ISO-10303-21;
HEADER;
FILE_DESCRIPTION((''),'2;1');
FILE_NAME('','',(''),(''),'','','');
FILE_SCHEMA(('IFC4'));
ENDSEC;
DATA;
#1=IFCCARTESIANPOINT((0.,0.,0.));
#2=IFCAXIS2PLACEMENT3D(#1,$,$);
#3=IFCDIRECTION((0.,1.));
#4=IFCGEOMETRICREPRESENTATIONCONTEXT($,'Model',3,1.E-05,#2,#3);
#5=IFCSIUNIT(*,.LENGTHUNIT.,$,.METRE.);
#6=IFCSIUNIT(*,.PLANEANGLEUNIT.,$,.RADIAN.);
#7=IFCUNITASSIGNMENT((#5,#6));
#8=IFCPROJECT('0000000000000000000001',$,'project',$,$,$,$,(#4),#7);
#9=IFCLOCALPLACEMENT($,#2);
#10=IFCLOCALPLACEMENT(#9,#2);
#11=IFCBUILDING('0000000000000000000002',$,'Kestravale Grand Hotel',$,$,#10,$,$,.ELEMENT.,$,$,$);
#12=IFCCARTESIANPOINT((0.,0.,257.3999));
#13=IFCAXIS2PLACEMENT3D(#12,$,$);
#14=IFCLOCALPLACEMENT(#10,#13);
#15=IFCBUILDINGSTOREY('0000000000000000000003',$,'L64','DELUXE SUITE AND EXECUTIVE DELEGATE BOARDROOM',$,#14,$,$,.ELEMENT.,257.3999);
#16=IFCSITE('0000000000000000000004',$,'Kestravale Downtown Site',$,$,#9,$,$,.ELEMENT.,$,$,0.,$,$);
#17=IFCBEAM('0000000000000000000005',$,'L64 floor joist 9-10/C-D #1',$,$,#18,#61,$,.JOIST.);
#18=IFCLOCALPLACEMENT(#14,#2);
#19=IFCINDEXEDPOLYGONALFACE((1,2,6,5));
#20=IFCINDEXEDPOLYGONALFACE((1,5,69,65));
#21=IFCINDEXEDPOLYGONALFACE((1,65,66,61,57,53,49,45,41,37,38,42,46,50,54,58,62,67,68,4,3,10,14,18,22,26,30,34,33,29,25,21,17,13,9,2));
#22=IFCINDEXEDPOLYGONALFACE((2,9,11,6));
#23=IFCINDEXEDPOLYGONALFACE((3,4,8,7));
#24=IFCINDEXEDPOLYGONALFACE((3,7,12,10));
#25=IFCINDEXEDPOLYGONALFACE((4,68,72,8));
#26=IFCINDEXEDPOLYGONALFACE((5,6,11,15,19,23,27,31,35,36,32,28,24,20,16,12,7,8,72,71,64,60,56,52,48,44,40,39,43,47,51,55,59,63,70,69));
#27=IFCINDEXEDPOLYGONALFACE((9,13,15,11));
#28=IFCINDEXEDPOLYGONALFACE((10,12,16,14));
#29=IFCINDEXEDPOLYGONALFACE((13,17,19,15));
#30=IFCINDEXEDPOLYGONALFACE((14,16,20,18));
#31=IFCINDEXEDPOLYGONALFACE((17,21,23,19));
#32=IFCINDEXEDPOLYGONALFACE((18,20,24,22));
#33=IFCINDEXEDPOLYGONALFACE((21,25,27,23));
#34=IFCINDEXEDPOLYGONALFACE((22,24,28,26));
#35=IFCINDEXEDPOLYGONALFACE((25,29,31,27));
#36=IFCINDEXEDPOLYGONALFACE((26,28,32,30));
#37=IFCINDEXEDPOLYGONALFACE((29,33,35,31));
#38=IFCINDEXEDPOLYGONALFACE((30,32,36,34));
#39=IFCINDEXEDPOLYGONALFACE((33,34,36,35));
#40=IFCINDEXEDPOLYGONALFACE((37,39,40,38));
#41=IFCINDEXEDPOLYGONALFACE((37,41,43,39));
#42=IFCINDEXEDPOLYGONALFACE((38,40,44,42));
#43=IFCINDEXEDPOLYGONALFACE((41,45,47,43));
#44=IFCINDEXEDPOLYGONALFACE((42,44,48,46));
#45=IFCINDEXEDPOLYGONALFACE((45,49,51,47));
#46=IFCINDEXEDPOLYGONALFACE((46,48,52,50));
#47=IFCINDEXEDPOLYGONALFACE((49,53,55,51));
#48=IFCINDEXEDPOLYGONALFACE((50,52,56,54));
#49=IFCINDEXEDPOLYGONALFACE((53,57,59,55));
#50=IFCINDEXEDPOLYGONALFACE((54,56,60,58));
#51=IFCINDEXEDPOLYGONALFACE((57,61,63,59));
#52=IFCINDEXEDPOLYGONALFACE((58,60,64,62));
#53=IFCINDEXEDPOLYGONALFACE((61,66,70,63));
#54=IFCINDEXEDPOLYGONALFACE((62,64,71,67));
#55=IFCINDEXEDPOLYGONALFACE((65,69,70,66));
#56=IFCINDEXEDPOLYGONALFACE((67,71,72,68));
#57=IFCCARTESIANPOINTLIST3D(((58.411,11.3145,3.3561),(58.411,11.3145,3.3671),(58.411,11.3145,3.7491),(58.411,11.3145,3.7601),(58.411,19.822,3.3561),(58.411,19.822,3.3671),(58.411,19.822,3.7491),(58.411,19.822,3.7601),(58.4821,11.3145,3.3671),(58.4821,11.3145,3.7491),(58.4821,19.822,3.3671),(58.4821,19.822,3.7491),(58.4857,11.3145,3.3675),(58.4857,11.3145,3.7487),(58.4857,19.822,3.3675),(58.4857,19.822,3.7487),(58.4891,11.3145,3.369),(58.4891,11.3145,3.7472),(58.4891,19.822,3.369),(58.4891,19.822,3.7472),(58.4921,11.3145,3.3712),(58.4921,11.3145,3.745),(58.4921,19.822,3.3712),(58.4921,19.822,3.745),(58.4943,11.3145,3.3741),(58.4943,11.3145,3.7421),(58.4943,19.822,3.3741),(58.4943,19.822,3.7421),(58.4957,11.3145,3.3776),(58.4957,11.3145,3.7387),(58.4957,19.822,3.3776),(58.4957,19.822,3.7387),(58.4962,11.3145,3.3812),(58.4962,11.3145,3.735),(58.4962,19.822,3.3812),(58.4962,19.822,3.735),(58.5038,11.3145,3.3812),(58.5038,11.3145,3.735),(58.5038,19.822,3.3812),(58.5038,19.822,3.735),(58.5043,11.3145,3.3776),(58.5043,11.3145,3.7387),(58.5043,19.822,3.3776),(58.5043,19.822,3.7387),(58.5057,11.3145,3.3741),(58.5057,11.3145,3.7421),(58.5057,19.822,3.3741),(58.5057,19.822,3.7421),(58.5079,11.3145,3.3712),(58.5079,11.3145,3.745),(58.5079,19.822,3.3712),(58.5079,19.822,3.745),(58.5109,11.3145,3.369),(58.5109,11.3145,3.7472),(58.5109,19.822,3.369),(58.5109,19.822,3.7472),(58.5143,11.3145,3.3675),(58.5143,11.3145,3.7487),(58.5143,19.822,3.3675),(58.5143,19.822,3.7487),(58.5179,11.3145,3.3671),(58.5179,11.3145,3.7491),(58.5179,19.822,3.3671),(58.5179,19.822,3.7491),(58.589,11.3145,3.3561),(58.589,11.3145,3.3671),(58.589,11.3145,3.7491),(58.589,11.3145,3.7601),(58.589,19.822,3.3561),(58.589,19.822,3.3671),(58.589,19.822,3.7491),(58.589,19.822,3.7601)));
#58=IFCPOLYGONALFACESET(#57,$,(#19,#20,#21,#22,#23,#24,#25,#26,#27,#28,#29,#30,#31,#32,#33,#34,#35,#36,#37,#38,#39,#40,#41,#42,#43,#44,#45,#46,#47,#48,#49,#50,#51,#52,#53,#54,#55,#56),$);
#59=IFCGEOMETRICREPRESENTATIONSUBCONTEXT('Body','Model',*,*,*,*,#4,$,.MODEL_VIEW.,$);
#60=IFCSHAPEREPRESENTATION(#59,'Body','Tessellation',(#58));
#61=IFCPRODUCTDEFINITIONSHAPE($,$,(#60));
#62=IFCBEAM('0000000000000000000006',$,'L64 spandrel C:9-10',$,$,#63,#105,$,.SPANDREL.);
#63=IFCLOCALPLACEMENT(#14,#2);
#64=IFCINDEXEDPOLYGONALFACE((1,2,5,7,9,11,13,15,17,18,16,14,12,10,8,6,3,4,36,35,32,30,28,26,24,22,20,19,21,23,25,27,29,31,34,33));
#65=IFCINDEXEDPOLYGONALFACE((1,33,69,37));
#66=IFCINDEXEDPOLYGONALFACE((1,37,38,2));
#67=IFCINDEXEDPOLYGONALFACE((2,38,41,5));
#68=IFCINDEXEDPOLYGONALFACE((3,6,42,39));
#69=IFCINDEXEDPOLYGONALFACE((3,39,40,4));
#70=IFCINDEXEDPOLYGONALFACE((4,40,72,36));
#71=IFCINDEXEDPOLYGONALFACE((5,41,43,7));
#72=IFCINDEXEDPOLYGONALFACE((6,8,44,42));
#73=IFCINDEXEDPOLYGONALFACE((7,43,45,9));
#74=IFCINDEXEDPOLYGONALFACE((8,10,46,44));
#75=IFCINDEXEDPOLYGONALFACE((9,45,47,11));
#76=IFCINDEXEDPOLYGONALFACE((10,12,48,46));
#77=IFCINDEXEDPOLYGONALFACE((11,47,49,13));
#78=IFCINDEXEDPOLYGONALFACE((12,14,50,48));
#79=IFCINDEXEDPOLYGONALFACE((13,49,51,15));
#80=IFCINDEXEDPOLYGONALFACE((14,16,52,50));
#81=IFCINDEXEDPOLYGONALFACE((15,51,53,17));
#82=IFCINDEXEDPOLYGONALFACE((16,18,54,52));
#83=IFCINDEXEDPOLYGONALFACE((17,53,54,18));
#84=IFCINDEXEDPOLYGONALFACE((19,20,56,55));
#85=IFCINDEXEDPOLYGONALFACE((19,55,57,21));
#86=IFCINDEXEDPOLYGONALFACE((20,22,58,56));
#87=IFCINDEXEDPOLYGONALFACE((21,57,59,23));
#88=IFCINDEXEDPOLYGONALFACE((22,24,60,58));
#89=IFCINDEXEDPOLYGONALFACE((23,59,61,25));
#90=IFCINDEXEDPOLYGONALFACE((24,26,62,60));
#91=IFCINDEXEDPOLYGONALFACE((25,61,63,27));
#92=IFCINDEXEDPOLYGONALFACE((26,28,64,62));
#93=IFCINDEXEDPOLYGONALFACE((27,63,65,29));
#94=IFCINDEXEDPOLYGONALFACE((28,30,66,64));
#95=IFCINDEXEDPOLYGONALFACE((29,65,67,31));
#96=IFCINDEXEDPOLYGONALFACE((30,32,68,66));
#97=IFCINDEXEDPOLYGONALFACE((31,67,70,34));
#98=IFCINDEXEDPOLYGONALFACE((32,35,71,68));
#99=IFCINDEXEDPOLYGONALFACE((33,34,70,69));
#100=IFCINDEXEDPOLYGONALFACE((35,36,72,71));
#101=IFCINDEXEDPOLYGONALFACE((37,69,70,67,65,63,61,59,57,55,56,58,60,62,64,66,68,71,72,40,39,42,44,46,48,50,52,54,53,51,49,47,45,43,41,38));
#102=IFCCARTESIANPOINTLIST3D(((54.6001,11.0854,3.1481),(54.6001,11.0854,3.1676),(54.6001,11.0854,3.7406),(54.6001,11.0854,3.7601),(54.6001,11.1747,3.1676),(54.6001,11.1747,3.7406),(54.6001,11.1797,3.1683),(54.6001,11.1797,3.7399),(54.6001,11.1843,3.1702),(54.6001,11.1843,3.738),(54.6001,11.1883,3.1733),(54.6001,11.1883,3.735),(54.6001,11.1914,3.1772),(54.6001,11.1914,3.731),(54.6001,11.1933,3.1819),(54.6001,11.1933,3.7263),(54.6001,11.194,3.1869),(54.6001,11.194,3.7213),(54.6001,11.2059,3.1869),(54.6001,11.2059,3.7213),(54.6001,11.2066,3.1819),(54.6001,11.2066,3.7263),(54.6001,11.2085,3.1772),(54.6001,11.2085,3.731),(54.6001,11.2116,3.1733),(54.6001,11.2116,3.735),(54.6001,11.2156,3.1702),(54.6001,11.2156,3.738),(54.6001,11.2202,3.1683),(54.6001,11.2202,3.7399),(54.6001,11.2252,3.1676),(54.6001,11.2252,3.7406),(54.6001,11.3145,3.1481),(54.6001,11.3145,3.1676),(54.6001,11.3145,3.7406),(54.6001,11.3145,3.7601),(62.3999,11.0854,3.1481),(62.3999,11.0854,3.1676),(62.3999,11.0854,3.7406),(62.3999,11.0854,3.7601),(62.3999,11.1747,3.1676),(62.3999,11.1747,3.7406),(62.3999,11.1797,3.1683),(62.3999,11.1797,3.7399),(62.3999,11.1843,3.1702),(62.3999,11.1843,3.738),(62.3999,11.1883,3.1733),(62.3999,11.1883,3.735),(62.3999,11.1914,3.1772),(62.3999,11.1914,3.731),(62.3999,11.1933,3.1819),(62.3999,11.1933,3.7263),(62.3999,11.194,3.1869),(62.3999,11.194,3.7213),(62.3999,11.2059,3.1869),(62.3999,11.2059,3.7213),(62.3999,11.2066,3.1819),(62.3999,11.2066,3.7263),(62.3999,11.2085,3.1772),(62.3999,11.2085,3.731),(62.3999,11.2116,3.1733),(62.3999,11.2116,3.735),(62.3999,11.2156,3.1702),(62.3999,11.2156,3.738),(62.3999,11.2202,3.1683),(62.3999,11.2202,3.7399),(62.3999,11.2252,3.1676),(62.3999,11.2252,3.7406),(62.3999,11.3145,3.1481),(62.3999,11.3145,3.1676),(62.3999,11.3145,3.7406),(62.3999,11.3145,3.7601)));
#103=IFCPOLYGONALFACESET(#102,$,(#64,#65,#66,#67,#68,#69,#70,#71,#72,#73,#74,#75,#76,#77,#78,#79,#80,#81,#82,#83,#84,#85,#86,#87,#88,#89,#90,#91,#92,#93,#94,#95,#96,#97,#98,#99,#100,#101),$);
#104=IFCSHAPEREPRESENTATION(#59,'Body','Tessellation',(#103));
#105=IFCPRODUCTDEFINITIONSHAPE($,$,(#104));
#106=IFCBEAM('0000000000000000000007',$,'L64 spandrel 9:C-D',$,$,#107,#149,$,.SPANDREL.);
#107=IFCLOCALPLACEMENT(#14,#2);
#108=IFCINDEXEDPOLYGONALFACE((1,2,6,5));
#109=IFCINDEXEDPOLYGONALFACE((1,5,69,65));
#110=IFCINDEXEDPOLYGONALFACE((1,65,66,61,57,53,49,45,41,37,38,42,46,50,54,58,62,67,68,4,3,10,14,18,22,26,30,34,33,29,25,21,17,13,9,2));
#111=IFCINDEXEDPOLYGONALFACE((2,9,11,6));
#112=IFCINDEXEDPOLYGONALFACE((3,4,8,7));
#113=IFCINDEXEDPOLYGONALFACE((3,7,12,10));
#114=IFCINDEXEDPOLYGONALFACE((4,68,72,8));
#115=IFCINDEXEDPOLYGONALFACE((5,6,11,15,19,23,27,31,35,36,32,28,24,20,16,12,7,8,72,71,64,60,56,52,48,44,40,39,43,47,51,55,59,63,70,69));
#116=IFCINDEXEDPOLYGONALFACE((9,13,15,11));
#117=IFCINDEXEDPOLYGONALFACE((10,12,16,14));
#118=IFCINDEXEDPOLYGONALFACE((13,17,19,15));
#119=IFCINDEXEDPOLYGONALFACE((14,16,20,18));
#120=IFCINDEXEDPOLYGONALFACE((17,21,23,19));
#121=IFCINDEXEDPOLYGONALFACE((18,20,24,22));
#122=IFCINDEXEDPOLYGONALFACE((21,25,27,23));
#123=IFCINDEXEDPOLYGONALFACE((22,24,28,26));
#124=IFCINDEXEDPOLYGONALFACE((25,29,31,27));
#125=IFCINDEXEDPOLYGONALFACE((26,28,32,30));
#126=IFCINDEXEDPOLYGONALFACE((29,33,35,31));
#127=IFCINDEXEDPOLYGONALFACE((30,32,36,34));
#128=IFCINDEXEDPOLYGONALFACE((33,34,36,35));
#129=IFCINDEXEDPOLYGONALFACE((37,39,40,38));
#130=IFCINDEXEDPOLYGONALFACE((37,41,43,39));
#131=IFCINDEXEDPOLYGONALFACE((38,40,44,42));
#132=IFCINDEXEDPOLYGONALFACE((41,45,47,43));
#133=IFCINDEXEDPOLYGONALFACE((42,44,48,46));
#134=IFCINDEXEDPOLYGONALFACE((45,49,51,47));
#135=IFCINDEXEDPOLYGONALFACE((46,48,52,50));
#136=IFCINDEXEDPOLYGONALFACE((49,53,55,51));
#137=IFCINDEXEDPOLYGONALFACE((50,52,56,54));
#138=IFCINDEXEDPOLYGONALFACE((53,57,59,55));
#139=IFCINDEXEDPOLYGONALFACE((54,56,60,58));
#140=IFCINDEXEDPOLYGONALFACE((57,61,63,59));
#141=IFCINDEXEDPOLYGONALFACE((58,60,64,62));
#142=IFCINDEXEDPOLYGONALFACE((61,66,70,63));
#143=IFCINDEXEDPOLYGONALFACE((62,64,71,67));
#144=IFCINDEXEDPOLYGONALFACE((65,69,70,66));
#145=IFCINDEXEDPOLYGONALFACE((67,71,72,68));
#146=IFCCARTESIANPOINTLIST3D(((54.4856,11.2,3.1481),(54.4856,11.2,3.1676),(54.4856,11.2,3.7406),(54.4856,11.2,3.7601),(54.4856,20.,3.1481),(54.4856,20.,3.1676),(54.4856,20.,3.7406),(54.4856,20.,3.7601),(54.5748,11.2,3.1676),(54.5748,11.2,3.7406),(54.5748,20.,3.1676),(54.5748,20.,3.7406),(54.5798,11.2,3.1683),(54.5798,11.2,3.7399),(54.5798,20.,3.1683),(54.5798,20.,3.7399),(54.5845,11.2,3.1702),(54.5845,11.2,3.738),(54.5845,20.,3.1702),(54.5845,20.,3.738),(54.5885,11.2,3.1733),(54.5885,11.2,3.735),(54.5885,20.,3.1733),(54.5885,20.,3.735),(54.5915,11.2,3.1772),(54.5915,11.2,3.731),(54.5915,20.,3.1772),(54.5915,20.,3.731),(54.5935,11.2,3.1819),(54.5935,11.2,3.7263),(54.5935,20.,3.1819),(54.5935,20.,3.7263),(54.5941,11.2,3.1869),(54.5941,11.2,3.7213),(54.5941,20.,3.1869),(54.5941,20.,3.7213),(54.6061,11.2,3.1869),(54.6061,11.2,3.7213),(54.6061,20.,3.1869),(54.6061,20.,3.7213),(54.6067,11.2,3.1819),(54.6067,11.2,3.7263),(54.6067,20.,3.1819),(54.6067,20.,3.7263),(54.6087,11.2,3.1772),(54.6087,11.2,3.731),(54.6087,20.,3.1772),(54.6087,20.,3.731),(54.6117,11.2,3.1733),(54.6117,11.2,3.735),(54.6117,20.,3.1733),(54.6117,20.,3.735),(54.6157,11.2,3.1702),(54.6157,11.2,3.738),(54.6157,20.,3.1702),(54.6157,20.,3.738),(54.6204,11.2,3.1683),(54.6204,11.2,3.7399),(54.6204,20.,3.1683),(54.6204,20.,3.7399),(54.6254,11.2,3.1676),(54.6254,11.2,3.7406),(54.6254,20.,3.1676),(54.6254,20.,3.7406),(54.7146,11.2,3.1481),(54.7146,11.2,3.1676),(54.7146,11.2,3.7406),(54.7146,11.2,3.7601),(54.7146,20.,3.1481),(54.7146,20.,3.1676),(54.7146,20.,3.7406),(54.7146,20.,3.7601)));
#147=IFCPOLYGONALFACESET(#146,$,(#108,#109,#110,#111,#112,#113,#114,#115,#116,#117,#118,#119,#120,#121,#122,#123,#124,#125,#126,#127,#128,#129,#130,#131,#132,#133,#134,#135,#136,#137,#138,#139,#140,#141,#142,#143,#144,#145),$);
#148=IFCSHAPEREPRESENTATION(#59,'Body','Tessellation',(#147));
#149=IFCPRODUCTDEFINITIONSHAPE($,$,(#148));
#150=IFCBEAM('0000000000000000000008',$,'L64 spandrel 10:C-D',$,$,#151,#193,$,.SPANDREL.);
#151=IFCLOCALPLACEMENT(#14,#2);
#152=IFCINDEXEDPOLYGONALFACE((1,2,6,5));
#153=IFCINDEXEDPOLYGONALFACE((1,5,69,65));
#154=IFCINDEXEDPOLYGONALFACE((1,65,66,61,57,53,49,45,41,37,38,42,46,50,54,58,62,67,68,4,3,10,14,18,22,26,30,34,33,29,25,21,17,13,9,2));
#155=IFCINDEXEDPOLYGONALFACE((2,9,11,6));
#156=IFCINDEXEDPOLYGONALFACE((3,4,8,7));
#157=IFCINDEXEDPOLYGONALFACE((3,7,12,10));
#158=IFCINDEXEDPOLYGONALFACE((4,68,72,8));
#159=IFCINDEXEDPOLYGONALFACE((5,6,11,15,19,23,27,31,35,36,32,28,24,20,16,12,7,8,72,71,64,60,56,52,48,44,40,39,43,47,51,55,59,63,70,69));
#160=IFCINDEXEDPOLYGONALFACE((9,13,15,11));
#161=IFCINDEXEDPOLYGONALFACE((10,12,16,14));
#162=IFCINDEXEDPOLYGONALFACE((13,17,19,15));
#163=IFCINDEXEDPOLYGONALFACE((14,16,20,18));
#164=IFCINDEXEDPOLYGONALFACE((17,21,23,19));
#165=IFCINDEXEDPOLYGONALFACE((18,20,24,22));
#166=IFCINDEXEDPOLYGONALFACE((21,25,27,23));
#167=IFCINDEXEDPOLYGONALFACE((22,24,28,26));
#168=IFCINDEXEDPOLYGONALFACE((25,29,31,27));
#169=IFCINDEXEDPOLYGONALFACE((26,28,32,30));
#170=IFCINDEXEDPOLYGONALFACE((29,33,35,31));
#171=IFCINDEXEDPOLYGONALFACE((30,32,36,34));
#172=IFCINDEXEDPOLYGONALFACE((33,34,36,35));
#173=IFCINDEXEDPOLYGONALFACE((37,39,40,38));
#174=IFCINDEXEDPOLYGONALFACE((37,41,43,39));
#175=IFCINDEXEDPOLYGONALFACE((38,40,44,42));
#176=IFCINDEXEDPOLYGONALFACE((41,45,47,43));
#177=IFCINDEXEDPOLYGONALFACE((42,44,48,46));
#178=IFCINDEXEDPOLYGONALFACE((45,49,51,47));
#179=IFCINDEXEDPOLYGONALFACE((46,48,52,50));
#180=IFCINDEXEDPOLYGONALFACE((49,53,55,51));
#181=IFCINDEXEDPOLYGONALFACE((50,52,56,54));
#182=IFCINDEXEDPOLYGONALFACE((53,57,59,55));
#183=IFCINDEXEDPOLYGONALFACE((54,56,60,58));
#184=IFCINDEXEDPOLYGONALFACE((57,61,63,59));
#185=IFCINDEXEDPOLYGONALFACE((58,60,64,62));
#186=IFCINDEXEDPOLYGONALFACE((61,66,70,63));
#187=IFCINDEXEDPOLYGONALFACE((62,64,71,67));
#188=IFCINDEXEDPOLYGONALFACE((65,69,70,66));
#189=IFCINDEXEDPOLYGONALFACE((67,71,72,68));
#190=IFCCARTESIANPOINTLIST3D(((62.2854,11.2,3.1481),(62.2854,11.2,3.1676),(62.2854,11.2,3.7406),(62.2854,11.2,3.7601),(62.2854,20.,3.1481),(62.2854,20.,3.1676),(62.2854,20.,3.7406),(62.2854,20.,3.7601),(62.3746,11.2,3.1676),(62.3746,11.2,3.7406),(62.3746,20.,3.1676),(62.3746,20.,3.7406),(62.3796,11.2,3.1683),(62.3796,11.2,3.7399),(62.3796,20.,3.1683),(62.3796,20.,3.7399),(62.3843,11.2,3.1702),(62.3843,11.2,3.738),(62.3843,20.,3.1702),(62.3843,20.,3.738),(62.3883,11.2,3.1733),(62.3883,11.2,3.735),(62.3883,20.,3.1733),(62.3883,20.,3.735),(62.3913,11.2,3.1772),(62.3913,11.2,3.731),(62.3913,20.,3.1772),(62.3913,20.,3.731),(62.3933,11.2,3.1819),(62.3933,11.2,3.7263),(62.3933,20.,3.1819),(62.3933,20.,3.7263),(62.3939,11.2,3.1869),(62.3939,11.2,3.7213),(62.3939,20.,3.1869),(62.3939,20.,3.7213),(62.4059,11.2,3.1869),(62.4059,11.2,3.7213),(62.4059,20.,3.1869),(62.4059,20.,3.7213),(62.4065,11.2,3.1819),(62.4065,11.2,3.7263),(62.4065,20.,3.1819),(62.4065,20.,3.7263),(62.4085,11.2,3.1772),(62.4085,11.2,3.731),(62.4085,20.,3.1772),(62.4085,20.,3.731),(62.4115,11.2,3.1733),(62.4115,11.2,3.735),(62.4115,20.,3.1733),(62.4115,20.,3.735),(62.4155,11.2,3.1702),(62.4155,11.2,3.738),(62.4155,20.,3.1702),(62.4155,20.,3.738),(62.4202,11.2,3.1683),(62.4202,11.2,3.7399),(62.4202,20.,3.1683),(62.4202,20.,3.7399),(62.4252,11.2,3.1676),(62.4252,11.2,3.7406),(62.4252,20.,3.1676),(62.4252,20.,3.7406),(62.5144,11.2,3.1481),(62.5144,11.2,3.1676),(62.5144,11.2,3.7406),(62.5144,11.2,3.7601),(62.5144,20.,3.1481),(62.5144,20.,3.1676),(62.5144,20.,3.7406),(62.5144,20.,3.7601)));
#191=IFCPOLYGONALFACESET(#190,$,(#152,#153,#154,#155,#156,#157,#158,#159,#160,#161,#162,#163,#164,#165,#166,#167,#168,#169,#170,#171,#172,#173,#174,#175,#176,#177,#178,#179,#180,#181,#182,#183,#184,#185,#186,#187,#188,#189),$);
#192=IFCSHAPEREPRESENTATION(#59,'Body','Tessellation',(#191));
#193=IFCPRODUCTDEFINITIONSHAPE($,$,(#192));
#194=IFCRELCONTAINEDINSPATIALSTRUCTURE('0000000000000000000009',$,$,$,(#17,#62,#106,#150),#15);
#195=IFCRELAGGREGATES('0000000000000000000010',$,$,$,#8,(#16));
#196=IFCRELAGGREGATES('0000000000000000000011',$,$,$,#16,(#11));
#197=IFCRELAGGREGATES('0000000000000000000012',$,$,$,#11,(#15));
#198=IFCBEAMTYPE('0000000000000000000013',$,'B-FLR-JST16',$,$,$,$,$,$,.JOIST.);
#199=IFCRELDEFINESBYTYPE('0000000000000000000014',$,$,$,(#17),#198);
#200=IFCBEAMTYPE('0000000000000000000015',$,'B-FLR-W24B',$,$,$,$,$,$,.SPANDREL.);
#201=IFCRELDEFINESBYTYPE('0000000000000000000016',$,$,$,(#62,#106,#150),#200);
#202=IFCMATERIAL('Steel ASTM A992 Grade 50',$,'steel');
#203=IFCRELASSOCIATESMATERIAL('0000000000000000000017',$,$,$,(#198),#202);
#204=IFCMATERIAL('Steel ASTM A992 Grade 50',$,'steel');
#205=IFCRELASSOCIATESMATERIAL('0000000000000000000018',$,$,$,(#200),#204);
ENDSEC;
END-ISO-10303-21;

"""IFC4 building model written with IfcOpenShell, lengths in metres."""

from ifc_helpers import new_model, si_unit, direction, frame, origin, origin_2d, place, context, subcontext, project, spatial, i_section, extrude, material, material_profile, profile_set, type_object, element, save


model = new_model("IFC4")

# Units and contexts
model_context = context("Model", 3, precision=1e-05, world=origin(), true_north=direction((0.0, 1.0)))
body_context = subcontext(model_context, "Body", "Model", "MODEL_VIEW")
ifc_project = project(units=[si_unit("LENGTHUNIT", "METRE"), si_unit("PLANEANGLEUNIT", "RADIAN")], contexts=[model_context])

# Site, building, storey
site_placement = place(None, origin())
site = spatial("IfcSite", under=ifc_project, at=site_placement, Name="Kestravale Downtown Site", CompositionType="ELEMENT", RefElevation=0.0)
building_placement = place(site_placement, origin())
building = spatial("IfcBuilding", under=site, at=building_placement, Name="Kestravale Grand Hotel", CompositionType="ELEMENT")
storey_placement = place(building_placement, frame((0.0, 0.0, 257.3999)))
storey = spatial("IfcBuildingStorey", under=building, at=storey_placement, Name="L64", Description="DELUXE SUITE AND EXECUTIVE DELEGATE BOARDROOM", CompositionType="ELEMENT", Elevation=257.3999)

# Beams
ifc_material_1 = material(Name="Steel ASTM A992 Grade 50", Category="steel")
ifc_material_profile_1 = material_profile(ifc_material_1, i_section(OverallWidth=0.178, OverallDepth=0.4041, WebThickness=0.0076, FlangeThickness=0.011, FilletRadius=0.0142, at=origin_2d()))
ifc_profile_set_1 = profile_set([ifc_material_profile_1], Name="Steel ASTM A992 Grade 50")
beam_type_1 = type_object("IfcBeamType", Name="B-FLR-JST16", PredefinedType="JOIST", material=ifc_profile_set_1)
beam_1_placement = place(storey_placement, frame((58.5, 11.3145, 3.5581), z_axis=(0.0, 1.0, 0.0), x_axis=(-1.0, 0.0, 0.0)))
element("IfcBeam", 1, at=beam_1_placement, inside=storey, type_object=beam_type_1, Name="L64 floor joist 9-10/C-D #1", PredefinedType="JOIST", context=body_context, shape_type="SweptSolid", body=[
    extrude(i_section(OverallWidth=0.178, OverallDepth=0.4041, WebThickness=0.0076, FlangeThickness=0.011, FilletRadius=0.0142, at=origin_2d()), origin(), (0.0, 0.0, 1.0), 8.5076),
])
ifc_material_2 = material(Name="Steel ASTM A992 Grade 50", Category="steel")
ifc_material_profile_2 = material_profile(ifc_material_2, i_section(OverallWidth=0.229, OverallDepth=0.6121, WebThickness=0.012, FlangeThickness=0.0195, FilletRadius=0.0193, at=origin_2d()))
ifc_profile_set_2 = profile_set([ifc_material_profile_2], Name="Steel ASTM A992 Grade 50")
beam_type_2 = type_object("IfcBeamType", Name="B-FLR-W24B", PredefinedType="SPANDREL", material=ifc_profile_set_2)
beam_2_placement = place(storey_placement, frame((54.6001, 11.2, 3.4541), z_axis=(1.0, 0.0, 0.0), x_axis=(0.0, 1.0, 0.0)))
element("IfcBeam", 2, at=beam_2_placement, inside=storey, type_object=beam_type_2, Name="L64 spandrel C:9-10", PredefinedType="SPANDREL", context=body_context, shape_type="SweptSolid", body=[
    extrude(i_section(OverallWidth=0.229, OverallDepth=0.6121, WebThickness=0.012, FlangeThickness=0.0195, FilletRadius=0.0193, at=origin_2d()), origin(), (0.0, 0.0, 1.0), 7.7998),
])
for number, where, z_axis, x_axis, name in (
    (3, (54.6001, 11.2, 3.4541), (0.0, 1.0, 0.0), (-1.0, 0.0, 0.0), "L64 spandrel 9:C-D"),
    (4, (62.3999, 11.2, 3.4541), (0.0, 1.0, 0.0), (-1.0, 0.0, 0.0), "L64 spandrel 10:C-D"),
):
    element("IfcBeam", number, at=place(storey_placement, frame(where, z_axis=z_axis, x_axis=x_axis)), inside=storey, type_object=beam_type_2, Name=name, PredefinedType="SPANDREL", context=body_context, shape_type="SweptSolid", body=[
        extrude(i_section(OverallWidth=0.229, OverallDepth=0.6121, WebThickness=0.012, FlangeThickness=0.0195, FilletRadius=0.0193, at=origin_2d()), origin(), (0.0, 0.0, 1.0), 8.8),
    ])

save(model, "model.ifc")
